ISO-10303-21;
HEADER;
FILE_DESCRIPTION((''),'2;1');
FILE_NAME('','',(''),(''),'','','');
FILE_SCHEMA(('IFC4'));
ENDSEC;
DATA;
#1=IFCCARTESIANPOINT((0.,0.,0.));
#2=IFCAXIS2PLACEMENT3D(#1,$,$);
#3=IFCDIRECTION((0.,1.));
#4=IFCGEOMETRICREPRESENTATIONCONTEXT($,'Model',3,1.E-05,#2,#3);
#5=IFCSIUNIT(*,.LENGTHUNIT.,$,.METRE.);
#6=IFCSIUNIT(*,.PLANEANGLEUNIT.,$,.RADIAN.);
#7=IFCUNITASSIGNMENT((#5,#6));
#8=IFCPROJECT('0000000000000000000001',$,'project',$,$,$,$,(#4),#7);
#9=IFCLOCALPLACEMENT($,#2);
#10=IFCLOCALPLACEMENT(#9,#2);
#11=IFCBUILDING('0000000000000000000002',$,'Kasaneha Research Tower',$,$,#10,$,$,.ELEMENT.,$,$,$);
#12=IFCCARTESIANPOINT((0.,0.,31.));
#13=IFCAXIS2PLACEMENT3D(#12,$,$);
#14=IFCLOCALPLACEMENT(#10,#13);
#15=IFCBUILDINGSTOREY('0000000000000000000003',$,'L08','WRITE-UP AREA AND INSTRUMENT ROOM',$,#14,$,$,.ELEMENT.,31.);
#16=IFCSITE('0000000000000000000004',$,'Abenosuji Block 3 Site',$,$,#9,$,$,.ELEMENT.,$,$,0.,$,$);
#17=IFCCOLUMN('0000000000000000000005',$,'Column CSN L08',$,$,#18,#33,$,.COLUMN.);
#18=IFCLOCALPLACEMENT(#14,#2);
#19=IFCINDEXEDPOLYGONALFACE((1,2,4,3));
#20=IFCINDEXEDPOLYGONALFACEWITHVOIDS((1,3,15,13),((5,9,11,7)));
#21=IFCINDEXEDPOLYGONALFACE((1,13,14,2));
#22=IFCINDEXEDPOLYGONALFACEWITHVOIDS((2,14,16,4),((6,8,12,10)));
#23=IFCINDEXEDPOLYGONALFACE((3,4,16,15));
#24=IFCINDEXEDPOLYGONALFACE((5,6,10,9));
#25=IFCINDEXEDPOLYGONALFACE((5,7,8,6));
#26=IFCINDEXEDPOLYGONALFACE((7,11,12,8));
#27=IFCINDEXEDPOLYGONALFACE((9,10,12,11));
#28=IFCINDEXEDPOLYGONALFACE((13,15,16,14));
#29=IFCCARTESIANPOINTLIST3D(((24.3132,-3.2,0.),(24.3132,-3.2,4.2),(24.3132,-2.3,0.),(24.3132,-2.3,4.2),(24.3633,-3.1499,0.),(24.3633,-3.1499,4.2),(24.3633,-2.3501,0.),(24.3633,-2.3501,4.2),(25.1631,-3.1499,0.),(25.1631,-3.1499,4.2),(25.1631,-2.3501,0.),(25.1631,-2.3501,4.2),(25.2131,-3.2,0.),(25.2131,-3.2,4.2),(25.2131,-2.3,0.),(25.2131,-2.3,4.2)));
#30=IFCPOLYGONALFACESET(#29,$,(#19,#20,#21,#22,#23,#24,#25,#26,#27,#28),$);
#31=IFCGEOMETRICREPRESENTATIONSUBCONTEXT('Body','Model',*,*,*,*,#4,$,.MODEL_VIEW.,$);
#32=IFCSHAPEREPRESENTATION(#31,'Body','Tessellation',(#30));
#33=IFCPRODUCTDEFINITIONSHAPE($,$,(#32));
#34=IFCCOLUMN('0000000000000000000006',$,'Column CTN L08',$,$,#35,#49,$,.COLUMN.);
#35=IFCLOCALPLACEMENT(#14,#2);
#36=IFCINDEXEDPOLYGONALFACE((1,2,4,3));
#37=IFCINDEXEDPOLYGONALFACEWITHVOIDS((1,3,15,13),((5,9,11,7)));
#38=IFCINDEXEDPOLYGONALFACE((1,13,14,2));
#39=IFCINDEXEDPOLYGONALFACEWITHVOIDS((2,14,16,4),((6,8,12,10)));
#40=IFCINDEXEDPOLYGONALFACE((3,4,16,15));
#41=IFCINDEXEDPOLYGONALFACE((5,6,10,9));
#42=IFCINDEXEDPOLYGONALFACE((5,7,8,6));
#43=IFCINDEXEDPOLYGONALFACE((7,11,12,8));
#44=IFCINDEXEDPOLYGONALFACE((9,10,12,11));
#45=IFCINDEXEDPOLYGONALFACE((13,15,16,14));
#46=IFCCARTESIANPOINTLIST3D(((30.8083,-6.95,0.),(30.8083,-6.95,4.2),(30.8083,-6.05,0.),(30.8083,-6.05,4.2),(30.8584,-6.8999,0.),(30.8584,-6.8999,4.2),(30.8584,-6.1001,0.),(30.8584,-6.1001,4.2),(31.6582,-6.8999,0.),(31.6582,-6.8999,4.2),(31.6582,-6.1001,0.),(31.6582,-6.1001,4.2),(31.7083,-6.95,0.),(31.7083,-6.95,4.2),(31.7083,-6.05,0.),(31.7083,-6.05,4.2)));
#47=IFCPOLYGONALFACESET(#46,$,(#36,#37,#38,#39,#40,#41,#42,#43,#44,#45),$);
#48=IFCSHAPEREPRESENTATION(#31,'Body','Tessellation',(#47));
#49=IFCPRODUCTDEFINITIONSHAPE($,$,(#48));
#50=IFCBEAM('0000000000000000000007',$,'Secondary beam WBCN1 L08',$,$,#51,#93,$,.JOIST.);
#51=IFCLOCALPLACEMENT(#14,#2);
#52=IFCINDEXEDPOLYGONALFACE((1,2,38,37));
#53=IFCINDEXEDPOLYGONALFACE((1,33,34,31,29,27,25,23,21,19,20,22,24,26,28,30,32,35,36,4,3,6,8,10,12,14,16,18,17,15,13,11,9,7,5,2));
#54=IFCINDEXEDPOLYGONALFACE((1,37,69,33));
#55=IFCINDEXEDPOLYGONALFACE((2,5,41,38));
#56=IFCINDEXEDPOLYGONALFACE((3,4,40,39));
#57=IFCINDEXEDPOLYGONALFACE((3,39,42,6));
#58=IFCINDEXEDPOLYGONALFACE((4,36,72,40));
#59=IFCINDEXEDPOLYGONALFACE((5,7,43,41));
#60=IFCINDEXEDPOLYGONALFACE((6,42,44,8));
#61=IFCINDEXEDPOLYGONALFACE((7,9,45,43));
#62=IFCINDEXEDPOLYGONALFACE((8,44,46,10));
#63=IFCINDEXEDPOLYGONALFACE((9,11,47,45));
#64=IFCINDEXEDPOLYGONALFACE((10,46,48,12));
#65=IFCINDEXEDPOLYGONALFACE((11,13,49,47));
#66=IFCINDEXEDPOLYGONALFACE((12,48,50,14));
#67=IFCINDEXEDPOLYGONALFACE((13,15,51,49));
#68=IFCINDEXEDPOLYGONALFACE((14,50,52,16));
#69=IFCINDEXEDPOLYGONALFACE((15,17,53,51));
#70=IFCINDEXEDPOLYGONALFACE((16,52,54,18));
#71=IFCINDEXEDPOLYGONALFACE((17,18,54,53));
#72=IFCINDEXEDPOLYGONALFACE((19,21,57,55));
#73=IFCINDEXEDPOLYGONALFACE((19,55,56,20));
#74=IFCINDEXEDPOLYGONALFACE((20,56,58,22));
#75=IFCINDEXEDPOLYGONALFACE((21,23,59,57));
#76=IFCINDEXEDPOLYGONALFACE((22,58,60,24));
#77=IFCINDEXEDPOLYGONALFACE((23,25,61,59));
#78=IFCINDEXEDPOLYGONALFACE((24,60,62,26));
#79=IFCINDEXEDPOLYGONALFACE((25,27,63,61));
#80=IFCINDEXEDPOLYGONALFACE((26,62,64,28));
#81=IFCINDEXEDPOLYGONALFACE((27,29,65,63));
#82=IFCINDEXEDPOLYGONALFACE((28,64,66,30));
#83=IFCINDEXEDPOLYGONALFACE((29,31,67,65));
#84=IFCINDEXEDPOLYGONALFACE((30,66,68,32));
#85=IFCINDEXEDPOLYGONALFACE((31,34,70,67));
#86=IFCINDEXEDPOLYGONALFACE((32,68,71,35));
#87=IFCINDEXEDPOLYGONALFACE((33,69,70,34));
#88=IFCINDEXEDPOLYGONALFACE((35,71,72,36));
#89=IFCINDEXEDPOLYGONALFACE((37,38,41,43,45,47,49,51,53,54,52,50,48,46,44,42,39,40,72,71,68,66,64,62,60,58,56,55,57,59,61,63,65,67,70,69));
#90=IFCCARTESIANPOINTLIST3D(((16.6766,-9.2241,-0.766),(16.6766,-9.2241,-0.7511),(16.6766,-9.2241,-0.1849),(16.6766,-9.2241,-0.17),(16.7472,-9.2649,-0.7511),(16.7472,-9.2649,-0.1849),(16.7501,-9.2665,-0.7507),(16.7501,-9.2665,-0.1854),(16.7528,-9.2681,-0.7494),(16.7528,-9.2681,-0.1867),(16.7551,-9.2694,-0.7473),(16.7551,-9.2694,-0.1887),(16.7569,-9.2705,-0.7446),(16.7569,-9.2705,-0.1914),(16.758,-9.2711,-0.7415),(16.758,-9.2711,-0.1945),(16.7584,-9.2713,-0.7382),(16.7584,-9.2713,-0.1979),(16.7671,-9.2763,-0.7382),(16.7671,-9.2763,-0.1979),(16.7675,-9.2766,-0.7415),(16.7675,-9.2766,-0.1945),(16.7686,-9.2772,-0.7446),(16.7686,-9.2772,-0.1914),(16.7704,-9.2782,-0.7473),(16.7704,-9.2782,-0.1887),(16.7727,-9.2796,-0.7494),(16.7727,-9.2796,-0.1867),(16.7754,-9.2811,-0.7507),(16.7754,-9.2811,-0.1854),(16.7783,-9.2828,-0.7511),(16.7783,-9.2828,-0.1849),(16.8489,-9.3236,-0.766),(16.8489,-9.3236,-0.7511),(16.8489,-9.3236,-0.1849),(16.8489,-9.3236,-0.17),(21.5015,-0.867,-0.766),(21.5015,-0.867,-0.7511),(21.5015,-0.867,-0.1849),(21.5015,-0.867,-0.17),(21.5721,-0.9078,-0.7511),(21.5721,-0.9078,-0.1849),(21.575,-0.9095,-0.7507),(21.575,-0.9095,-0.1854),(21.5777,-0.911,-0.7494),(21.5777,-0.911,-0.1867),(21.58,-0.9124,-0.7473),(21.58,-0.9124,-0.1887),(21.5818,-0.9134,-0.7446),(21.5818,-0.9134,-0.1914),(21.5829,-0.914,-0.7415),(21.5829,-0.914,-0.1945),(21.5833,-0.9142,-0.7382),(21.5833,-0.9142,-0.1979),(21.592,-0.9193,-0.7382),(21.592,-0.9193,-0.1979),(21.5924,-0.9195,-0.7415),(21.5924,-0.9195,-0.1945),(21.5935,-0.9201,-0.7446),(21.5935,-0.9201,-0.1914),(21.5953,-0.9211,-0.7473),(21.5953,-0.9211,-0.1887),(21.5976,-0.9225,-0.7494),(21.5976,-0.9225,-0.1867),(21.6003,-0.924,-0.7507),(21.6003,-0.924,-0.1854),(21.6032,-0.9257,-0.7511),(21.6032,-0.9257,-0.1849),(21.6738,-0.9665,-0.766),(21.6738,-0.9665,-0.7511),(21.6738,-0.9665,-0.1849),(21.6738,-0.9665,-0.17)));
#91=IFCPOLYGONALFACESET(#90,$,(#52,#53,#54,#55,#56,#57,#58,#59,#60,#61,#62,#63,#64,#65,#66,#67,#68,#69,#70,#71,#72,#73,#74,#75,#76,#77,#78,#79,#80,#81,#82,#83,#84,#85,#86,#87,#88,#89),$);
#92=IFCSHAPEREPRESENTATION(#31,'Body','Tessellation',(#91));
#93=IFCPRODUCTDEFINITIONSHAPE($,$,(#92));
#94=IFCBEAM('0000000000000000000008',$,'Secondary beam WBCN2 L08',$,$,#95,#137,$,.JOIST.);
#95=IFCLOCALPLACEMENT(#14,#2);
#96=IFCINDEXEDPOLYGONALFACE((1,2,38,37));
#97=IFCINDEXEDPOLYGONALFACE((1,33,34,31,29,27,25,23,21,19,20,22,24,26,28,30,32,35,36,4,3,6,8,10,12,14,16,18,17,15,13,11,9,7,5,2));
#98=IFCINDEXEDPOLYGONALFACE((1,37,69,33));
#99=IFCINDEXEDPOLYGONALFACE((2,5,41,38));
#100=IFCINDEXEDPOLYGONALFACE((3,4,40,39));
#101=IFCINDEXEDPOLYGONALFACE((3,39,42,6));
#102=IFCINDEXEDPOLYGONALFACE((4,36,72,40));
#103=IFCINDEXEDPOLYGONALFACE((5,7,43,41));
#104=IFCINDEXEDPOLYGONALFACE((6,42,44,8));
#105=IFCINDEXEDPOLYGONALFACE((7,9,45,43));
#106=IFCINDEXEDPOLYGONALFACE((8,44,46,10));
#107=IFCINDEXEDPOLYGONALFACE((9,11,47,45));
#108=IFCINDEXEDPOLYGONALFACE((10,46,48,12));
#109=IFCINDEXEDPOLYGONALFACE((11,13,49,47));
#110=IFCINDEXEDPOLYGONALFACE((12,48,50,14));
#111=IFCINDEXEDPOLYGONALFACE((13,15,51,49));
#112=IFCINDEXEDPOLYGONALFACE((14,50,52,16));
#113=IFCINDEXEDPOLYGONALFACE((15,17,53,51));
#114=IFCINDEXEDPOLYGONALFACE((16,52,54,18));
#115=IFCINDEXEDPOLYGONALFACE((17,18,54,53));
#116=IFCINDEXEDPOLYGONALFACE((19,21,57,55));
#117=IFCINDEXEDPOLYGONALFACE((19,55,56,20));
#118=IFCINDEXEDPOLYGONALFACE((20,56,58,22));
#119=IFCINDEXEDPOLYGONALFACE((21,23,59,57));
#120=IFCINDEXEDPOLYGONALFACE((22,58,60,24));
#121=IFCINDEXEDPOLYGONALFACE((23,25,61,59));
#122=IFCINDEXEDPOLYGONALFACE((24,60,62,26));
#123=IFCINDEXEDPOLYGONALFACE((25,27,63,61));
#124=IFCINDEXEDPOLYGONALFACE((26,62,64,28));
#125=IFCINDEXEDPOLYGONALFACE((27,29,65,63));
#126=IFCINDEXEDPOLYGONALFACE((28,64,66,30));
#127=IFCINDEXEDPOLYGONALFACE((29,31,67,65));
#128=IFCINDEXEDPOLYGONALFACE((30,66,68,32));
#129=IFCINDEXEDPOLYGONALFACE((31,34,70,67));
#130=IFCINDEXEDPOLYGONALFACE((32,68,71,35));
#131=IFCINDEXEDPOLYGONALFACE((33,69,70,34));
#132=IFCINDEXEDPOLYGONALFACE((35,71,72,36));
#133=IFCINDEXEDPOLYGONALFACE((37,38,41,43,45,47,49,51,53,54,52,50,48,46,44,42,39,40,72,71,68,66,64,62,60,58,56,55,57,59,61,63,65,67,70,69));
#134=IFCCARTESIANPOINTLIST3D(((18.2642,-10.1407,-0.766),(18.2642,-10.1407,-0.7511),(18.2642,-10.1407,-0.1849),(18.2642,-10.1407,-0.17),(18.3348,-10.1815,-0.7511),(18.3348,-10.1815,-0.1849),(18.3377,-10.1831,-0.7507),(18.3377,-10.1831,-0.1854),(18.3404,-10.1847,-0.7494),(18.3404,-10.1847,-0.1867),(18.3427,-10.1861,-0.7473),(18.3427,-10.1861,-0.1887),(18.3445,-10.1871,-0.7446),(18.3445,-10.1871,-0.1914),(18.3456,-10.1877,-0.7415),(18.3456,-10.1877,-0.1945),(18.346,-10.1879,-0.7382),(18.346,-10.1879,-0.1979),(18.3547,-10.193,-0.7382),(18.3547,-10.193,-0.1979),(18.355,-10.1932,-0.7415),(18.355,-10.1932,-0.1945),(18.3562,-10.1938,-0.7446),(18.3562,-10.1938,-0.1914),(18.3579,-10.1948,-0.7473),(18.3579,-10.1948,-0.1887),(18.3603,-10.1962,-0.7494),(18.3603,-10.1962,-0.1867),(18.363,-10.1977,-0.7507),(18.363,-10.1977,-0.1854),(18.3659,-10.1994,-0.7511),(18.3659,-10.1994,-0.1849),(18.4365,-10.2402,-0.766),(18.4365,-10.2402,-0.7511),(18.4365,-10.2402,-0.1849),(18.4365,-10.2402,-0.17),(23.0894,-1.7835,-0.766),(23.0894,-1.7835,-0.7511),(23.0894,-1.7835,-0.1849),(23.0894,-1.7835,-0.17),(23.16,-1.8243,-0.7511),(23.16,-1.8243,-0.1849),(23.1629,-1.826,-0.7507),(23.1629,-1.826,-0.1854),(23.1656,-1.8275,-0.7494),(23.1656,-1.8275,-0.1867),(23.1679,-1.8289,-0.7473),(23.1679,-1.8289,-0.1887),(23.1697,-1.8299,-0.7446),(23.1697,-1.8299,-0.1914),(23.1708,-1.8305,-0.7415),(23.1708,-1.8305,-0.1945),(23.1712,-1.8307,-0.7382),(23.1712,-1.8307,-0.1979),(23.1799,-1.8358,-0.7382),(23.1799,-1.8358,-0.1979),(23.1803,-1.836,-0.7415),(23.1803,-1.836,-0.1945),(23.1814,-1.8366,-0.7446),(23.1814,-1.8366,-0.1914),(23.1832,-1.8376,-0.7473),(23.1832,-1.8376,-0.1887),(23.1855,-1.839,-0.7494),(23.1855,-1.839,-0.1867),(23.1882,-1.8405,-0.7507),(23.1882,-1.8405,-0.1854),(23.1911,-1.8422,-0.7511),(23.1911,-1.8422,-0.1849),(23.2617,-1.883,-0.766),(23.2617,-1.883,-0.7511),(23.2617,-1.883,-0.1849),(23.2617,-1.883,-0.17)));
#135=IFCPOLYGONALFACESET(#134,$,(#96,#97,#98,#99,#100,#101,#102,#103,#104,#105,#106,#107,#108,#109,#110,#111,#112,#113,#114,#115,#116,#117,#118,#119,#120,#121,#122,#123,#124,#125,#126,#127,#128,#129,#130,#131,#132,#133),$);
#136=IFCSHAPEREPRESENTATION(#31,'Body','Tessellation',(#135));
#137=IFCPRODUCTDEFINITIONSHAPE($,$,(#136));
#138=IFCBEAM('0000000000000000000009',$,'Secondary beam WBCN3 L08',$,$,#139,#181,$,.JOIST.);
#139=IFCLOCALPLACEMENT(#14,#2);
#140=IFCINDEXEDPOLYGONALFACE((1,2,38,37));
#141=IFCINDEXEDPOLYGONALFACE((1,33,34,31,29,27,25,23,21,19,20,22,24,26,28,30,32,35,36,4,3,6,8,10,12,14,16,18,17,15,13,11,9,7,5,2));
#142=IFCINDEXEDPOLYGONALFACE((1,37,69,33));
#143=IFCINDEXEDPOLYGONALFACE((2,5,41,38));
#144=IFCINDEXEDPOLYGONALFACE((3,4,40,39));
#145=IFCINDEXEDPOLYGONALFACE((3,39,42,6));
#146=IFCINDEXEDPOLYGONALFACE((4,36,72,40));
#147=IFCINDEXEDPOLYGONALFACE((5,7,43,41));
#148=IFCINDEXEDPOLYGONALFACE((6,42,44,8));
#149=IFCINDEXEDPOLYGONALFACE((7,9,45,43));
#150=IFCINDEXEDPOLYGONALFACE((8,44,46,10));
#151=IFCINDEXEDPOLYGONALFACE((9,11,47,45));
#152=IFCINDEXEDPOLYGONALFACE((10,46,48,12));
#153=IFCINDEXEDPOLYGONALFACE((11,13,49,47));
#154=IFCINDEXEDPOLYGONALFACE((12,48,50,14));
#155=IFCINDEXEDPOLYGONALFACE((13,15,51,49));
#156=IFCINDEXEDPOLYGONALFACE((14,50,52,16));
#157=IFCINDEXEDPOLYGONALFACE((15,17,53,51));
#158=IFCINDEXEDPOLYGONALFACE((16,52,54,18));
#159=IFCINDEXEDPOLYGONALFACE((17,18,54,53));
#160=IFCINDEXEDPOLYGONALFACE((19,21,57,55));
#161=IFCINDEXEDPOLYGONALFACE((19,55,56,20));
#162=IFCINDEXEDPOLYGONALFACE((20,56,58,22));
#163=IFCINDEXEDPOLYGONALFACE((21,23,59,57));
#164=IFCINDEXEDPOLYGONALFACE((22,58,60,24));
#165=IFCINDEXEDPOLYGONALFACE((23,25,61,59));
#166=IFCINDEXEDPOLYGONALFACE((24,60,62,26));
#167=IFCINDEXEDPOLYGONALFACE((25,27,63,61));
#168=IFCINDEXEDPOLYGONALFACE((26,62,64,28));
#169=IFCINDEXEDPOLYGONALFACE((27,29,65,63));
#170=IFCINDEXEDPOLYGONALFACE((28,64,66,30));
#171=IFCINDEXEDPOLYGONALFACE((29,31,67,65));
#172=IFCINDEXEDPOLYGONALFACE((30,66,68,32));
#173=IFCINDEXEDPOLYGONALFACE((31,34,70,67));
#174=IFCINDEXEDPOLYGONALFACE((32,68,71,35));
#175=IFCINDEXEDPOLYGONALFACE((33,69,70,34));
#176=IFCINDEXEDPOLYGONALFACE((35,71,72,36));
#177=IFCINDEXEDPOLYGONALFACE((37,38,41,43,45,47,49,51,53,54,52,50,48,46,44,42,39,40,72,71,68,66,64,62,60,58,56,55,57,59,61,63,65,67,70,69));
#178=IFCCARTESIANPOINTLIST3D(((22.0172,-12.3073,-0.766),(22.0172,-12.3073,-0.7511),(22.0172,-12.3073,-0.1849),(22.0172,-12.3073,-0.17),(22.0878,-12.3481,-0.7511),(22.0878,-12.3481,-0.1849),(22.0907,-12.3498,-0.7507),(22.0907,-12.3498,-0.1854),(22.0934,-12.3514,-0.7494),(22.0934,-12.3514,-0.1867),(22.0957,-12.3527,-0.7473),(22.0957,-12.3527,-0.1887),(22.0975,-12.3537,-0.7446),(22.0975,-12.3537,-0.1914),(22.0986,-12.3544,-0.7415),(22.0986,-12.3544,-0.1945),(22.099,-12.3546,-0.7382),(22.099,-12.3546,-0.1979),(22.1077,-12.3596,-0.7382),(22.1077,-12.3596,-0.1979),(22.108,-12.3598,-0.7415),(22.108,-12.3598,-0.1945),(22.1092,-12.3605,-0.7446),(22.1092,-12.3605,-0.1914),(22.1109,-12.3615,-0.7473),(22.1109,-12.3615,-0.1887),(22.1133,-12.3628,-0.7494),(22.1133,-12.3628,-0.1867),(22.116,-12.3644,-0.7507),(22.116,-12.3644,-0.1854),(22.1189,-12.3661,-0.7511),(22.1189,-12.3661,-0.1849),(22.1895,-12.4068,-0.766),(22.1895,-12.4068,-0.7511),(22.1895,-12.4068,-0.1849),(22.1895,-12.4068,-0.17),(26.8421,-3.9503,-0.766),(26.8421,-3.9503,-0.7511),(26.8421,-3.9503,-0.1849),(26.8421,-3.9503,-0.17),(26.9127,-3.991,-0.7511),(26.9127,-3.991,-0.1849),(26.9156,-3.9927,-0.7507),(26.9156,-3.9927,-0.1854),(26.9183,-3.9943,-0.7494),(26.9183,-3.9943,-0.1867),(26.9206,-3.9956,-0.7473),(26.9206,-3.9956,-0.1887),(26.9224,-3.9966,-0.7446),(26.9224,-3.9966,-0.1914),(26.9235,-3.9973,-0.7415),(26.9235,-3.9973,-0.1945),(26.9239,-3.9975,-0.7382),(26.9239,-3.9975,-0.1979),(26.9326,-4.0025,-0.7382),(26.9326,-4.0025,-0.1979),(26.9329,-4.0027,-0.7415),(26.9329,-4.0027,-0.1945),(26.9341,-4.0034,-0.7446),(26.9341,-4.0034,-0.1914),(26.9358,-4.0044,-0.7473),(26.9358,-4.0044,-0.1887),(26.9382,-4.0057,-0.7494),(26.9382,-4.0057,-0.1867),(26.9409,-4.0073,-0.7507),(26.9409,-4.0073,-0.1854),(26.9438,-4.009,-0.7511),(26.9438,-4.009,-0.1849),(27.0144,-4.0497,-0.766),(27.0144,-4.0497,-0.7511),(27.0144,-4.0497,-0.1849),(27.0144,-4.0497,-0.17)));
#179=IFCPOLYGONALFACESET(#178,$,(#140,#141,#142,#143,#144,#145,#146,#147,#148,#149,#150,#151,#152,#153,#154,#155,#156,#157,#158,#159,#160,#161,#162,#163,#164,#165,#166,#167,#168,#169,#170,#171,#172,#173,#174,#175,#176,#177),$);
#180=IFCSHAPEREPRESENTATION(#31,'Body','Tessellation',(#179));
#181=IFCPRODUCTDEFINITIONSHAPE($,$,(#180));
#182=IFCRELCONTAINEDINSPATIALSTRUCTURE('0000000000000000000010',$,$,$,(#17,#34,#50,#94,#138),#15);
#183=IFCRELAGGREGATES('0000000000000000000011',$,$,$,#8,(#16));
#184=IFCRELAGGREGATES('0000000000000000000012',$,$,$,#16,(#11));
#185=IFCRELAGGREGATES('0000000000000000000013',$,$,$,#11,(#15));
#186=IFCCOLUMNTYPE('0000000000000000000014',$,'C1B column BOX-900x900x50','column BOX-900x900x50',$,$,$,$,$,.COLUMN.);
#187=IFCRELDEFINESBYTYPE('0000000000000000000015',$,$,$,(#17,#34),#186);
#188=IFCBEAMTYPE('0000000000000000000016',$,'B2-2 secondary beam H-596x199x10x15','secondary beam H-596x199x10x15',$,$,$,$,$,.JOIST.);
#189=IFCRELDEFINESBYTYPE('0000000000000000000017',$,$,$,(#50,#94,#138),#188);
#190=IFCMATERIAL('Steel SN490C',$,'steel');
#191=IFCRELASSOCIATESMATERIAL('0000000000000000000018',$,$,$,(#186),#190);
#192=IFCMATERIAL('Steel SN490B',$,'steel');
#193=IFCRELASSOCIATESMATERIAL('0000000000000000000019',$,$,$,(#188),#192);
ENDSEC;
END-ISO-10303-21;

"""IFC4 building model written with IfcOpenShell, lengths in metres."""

from ifc_helpers import new_model, si_unit, direction, frame, origin, origin_2d, place, context, subcontext, project, spatial, hollow_rectangle, i_section, extrude, material, material_profile, profile_set, type_object, element, save


model = new_model("IFC4")

# Units and contexts
model_context = context("Model", 3, precision=1e-05, world=origin(), true_north=direction((0.0, 1.0)))
body_context = subcontext(model_context, "Body", "Model", "MODEL_VIEW")
ifc_project = project(units=[si_unit("LENGTHUNIT", "METRE"), si_unit("PLANEANGLEUNIT", "RADIAN")], contexts=[model_context])

# Site, building, storey
site_placement = place(None, origin())
site = spatial("IfcSite", under=ifc_project, at=site_placement, Name="Abenosuji Block 3 Site", CompositionType="ELEMENT", RefElevation=0.0)
building_placement = place(site_placement, origin())
building = spatial("IfcBuilding", under=site, at=building_placement, Name="Kasaneha Research Tower", CompositionType="ELEMENT")
storey_placement = place(building_placement, frame((0.0, 0.0, 31.0)))
storey = spatial("IfcBuildingStorey", under=building, at=storey_placement, Name="L08", Description="WRITE-UP AREA AND INSTRUMENT ROOM", CompositionType="ELEMENT", Elevation=31.0)

# Columns
ifc_material_1 = material(Name="Steel SN490C", Category="steel")
ifc_material_profile_1 = material_profile(ifc_material_1, hollow_rectangle(XDim=0.8999, YDim=0.8999, WallThickness=0.05, at=origin_2d()), Name="BOX-900x900x50")
ifc_profile_set_1 = profile_set([ifc_material_profile_1], Name="Steel SN490C")
column_type = type_object("IfcColumnType", Name="C1B column BOX-900x900x50", Description="column BOX-900x900x50", PredefinedType="COLUMN", material=ifc_profile_set_1)
for number, where, z_axis, x_axis, name in (
    (1, (24.7632, -2.75, 0.0), (0.0, 0.0, 1.0), (1.0, 0.0, 0.0), "Column CSN L08"),
    (2, (31.2583, -6.5, 0.0), (0.0, 0.0, 1.0), (1.0, 0.0, 0.0), "Column CTN L08"),
):
    element("IfcColumn", number, at=place(storey_placement, frame(where, z_axis=z_axis, x_axis=x_axis)), inside=storey, type_object=column_type, Name=name, PredefinedType="COLUMN", context=body_context, shape_type="SweptSolid", body=[
        extrude(hollow_rectangle(XDim=0.8999, YDim=0.8999, WallThickness=0.05, at=origin_2d()), origin(), (0.0, 0.0, 1.0), 4.2),
    ])

# Beams
ifc_material_2 = material(Name="Steel SN490B", Category="steel")
ifc_material_profile_2 = material_profile(ifc_material_2, i_section(OverallWidth=0.199, OverallDepth=0.5959, WebThickness=0.01, FlangeThickness=0.0149, FilletRadius=0.0129, at=origin_2d()), Name="H-596x199x10x15")
ifc_profile_set_2 = profile_set([ifc_material_profile_2], Name="Steel SN490B")
beam_type_1 = type_object("IfcBeamType", Name="B2-2 secondary beam H-596x199x10x15", Description="secondary beam H-596x199x10x15", PredefinedType="JOIST", material=ifc_profile_set_2)
beam_1_placement = place(storey_placement, frame((21.5876, -0.9167, -0.468), z_axis=(-0.499995, -0.866028, 0.0), x_axis=(0.866028, -0.499995, 0.0)))
element("IfcBeam", 3, at=beam_1_placement, inside=storey, type_object=beam_type_1, Name="Secondary beam WBCN1 L08", PredefinedType="JOIST", context=body_context, shape_type="SweptSolid", body=[
    extrude(i_section(OverallWidth=0.199, OverallDepth=0.5959, WebThickness=0.01, FlangeThickness=0.0149, FilletRadius=0.0129, at=origin_2d()), origin(), (0.0, 0.0, 1.0), 9.6499),
])
beam_2_placement = place(storey_placement, frame((23.1755, -1.8333, -0.468), z_axis=(-0.500014, -0.866017, 0.0), x_axis=(0.866017, -0.500014, 0.0)))
element("IfcBeam", 4, at=beam_2_placement, inside=storey, type_object=beam_type_1, Name="Secondary beam WBCN2 L08", PredefinedType="JOIST", context=body_context, shape_type="SweptSolid", body=[
    extrude(i_section(OverallWidth=0.199, OverallDepth=0.5959, WebThickness=0.01, FlangeThickness=0.0149, FilletRadius=0.0129, at=origin_2d()), origin(), (0.0, 0.0, 1.0), 9.6501),
])
for number, where, z_axis, x_axis, name in (
    (5, (26.9282, -4.0, -0.468), (-0.499995, -0.866028, 0.0), (0.866028, -0.499995, 0.0), "Secondary beam WBCN3 L08"),
):
    element("IfcBeam", number, at=place(storey_placement, frame(where, z_axis=z_axis, x_axis=x_axis)), inside=storey, type_object=beam_type_1, Name=name, PredefinedType="JOIST", context=body_context, shape_type="SweptSolid", body=[
        extrude(i_section(OverallWidth=0.199, OverallDepth=0.5959, WebThickness=0.01, FlangeThickness=0.0149, FilletRadius=0.0129, at=origin_2d()), origin(), (0.0, 0.0, 1.0), 9.6499),
    ])

save(model, "model.ifc")
